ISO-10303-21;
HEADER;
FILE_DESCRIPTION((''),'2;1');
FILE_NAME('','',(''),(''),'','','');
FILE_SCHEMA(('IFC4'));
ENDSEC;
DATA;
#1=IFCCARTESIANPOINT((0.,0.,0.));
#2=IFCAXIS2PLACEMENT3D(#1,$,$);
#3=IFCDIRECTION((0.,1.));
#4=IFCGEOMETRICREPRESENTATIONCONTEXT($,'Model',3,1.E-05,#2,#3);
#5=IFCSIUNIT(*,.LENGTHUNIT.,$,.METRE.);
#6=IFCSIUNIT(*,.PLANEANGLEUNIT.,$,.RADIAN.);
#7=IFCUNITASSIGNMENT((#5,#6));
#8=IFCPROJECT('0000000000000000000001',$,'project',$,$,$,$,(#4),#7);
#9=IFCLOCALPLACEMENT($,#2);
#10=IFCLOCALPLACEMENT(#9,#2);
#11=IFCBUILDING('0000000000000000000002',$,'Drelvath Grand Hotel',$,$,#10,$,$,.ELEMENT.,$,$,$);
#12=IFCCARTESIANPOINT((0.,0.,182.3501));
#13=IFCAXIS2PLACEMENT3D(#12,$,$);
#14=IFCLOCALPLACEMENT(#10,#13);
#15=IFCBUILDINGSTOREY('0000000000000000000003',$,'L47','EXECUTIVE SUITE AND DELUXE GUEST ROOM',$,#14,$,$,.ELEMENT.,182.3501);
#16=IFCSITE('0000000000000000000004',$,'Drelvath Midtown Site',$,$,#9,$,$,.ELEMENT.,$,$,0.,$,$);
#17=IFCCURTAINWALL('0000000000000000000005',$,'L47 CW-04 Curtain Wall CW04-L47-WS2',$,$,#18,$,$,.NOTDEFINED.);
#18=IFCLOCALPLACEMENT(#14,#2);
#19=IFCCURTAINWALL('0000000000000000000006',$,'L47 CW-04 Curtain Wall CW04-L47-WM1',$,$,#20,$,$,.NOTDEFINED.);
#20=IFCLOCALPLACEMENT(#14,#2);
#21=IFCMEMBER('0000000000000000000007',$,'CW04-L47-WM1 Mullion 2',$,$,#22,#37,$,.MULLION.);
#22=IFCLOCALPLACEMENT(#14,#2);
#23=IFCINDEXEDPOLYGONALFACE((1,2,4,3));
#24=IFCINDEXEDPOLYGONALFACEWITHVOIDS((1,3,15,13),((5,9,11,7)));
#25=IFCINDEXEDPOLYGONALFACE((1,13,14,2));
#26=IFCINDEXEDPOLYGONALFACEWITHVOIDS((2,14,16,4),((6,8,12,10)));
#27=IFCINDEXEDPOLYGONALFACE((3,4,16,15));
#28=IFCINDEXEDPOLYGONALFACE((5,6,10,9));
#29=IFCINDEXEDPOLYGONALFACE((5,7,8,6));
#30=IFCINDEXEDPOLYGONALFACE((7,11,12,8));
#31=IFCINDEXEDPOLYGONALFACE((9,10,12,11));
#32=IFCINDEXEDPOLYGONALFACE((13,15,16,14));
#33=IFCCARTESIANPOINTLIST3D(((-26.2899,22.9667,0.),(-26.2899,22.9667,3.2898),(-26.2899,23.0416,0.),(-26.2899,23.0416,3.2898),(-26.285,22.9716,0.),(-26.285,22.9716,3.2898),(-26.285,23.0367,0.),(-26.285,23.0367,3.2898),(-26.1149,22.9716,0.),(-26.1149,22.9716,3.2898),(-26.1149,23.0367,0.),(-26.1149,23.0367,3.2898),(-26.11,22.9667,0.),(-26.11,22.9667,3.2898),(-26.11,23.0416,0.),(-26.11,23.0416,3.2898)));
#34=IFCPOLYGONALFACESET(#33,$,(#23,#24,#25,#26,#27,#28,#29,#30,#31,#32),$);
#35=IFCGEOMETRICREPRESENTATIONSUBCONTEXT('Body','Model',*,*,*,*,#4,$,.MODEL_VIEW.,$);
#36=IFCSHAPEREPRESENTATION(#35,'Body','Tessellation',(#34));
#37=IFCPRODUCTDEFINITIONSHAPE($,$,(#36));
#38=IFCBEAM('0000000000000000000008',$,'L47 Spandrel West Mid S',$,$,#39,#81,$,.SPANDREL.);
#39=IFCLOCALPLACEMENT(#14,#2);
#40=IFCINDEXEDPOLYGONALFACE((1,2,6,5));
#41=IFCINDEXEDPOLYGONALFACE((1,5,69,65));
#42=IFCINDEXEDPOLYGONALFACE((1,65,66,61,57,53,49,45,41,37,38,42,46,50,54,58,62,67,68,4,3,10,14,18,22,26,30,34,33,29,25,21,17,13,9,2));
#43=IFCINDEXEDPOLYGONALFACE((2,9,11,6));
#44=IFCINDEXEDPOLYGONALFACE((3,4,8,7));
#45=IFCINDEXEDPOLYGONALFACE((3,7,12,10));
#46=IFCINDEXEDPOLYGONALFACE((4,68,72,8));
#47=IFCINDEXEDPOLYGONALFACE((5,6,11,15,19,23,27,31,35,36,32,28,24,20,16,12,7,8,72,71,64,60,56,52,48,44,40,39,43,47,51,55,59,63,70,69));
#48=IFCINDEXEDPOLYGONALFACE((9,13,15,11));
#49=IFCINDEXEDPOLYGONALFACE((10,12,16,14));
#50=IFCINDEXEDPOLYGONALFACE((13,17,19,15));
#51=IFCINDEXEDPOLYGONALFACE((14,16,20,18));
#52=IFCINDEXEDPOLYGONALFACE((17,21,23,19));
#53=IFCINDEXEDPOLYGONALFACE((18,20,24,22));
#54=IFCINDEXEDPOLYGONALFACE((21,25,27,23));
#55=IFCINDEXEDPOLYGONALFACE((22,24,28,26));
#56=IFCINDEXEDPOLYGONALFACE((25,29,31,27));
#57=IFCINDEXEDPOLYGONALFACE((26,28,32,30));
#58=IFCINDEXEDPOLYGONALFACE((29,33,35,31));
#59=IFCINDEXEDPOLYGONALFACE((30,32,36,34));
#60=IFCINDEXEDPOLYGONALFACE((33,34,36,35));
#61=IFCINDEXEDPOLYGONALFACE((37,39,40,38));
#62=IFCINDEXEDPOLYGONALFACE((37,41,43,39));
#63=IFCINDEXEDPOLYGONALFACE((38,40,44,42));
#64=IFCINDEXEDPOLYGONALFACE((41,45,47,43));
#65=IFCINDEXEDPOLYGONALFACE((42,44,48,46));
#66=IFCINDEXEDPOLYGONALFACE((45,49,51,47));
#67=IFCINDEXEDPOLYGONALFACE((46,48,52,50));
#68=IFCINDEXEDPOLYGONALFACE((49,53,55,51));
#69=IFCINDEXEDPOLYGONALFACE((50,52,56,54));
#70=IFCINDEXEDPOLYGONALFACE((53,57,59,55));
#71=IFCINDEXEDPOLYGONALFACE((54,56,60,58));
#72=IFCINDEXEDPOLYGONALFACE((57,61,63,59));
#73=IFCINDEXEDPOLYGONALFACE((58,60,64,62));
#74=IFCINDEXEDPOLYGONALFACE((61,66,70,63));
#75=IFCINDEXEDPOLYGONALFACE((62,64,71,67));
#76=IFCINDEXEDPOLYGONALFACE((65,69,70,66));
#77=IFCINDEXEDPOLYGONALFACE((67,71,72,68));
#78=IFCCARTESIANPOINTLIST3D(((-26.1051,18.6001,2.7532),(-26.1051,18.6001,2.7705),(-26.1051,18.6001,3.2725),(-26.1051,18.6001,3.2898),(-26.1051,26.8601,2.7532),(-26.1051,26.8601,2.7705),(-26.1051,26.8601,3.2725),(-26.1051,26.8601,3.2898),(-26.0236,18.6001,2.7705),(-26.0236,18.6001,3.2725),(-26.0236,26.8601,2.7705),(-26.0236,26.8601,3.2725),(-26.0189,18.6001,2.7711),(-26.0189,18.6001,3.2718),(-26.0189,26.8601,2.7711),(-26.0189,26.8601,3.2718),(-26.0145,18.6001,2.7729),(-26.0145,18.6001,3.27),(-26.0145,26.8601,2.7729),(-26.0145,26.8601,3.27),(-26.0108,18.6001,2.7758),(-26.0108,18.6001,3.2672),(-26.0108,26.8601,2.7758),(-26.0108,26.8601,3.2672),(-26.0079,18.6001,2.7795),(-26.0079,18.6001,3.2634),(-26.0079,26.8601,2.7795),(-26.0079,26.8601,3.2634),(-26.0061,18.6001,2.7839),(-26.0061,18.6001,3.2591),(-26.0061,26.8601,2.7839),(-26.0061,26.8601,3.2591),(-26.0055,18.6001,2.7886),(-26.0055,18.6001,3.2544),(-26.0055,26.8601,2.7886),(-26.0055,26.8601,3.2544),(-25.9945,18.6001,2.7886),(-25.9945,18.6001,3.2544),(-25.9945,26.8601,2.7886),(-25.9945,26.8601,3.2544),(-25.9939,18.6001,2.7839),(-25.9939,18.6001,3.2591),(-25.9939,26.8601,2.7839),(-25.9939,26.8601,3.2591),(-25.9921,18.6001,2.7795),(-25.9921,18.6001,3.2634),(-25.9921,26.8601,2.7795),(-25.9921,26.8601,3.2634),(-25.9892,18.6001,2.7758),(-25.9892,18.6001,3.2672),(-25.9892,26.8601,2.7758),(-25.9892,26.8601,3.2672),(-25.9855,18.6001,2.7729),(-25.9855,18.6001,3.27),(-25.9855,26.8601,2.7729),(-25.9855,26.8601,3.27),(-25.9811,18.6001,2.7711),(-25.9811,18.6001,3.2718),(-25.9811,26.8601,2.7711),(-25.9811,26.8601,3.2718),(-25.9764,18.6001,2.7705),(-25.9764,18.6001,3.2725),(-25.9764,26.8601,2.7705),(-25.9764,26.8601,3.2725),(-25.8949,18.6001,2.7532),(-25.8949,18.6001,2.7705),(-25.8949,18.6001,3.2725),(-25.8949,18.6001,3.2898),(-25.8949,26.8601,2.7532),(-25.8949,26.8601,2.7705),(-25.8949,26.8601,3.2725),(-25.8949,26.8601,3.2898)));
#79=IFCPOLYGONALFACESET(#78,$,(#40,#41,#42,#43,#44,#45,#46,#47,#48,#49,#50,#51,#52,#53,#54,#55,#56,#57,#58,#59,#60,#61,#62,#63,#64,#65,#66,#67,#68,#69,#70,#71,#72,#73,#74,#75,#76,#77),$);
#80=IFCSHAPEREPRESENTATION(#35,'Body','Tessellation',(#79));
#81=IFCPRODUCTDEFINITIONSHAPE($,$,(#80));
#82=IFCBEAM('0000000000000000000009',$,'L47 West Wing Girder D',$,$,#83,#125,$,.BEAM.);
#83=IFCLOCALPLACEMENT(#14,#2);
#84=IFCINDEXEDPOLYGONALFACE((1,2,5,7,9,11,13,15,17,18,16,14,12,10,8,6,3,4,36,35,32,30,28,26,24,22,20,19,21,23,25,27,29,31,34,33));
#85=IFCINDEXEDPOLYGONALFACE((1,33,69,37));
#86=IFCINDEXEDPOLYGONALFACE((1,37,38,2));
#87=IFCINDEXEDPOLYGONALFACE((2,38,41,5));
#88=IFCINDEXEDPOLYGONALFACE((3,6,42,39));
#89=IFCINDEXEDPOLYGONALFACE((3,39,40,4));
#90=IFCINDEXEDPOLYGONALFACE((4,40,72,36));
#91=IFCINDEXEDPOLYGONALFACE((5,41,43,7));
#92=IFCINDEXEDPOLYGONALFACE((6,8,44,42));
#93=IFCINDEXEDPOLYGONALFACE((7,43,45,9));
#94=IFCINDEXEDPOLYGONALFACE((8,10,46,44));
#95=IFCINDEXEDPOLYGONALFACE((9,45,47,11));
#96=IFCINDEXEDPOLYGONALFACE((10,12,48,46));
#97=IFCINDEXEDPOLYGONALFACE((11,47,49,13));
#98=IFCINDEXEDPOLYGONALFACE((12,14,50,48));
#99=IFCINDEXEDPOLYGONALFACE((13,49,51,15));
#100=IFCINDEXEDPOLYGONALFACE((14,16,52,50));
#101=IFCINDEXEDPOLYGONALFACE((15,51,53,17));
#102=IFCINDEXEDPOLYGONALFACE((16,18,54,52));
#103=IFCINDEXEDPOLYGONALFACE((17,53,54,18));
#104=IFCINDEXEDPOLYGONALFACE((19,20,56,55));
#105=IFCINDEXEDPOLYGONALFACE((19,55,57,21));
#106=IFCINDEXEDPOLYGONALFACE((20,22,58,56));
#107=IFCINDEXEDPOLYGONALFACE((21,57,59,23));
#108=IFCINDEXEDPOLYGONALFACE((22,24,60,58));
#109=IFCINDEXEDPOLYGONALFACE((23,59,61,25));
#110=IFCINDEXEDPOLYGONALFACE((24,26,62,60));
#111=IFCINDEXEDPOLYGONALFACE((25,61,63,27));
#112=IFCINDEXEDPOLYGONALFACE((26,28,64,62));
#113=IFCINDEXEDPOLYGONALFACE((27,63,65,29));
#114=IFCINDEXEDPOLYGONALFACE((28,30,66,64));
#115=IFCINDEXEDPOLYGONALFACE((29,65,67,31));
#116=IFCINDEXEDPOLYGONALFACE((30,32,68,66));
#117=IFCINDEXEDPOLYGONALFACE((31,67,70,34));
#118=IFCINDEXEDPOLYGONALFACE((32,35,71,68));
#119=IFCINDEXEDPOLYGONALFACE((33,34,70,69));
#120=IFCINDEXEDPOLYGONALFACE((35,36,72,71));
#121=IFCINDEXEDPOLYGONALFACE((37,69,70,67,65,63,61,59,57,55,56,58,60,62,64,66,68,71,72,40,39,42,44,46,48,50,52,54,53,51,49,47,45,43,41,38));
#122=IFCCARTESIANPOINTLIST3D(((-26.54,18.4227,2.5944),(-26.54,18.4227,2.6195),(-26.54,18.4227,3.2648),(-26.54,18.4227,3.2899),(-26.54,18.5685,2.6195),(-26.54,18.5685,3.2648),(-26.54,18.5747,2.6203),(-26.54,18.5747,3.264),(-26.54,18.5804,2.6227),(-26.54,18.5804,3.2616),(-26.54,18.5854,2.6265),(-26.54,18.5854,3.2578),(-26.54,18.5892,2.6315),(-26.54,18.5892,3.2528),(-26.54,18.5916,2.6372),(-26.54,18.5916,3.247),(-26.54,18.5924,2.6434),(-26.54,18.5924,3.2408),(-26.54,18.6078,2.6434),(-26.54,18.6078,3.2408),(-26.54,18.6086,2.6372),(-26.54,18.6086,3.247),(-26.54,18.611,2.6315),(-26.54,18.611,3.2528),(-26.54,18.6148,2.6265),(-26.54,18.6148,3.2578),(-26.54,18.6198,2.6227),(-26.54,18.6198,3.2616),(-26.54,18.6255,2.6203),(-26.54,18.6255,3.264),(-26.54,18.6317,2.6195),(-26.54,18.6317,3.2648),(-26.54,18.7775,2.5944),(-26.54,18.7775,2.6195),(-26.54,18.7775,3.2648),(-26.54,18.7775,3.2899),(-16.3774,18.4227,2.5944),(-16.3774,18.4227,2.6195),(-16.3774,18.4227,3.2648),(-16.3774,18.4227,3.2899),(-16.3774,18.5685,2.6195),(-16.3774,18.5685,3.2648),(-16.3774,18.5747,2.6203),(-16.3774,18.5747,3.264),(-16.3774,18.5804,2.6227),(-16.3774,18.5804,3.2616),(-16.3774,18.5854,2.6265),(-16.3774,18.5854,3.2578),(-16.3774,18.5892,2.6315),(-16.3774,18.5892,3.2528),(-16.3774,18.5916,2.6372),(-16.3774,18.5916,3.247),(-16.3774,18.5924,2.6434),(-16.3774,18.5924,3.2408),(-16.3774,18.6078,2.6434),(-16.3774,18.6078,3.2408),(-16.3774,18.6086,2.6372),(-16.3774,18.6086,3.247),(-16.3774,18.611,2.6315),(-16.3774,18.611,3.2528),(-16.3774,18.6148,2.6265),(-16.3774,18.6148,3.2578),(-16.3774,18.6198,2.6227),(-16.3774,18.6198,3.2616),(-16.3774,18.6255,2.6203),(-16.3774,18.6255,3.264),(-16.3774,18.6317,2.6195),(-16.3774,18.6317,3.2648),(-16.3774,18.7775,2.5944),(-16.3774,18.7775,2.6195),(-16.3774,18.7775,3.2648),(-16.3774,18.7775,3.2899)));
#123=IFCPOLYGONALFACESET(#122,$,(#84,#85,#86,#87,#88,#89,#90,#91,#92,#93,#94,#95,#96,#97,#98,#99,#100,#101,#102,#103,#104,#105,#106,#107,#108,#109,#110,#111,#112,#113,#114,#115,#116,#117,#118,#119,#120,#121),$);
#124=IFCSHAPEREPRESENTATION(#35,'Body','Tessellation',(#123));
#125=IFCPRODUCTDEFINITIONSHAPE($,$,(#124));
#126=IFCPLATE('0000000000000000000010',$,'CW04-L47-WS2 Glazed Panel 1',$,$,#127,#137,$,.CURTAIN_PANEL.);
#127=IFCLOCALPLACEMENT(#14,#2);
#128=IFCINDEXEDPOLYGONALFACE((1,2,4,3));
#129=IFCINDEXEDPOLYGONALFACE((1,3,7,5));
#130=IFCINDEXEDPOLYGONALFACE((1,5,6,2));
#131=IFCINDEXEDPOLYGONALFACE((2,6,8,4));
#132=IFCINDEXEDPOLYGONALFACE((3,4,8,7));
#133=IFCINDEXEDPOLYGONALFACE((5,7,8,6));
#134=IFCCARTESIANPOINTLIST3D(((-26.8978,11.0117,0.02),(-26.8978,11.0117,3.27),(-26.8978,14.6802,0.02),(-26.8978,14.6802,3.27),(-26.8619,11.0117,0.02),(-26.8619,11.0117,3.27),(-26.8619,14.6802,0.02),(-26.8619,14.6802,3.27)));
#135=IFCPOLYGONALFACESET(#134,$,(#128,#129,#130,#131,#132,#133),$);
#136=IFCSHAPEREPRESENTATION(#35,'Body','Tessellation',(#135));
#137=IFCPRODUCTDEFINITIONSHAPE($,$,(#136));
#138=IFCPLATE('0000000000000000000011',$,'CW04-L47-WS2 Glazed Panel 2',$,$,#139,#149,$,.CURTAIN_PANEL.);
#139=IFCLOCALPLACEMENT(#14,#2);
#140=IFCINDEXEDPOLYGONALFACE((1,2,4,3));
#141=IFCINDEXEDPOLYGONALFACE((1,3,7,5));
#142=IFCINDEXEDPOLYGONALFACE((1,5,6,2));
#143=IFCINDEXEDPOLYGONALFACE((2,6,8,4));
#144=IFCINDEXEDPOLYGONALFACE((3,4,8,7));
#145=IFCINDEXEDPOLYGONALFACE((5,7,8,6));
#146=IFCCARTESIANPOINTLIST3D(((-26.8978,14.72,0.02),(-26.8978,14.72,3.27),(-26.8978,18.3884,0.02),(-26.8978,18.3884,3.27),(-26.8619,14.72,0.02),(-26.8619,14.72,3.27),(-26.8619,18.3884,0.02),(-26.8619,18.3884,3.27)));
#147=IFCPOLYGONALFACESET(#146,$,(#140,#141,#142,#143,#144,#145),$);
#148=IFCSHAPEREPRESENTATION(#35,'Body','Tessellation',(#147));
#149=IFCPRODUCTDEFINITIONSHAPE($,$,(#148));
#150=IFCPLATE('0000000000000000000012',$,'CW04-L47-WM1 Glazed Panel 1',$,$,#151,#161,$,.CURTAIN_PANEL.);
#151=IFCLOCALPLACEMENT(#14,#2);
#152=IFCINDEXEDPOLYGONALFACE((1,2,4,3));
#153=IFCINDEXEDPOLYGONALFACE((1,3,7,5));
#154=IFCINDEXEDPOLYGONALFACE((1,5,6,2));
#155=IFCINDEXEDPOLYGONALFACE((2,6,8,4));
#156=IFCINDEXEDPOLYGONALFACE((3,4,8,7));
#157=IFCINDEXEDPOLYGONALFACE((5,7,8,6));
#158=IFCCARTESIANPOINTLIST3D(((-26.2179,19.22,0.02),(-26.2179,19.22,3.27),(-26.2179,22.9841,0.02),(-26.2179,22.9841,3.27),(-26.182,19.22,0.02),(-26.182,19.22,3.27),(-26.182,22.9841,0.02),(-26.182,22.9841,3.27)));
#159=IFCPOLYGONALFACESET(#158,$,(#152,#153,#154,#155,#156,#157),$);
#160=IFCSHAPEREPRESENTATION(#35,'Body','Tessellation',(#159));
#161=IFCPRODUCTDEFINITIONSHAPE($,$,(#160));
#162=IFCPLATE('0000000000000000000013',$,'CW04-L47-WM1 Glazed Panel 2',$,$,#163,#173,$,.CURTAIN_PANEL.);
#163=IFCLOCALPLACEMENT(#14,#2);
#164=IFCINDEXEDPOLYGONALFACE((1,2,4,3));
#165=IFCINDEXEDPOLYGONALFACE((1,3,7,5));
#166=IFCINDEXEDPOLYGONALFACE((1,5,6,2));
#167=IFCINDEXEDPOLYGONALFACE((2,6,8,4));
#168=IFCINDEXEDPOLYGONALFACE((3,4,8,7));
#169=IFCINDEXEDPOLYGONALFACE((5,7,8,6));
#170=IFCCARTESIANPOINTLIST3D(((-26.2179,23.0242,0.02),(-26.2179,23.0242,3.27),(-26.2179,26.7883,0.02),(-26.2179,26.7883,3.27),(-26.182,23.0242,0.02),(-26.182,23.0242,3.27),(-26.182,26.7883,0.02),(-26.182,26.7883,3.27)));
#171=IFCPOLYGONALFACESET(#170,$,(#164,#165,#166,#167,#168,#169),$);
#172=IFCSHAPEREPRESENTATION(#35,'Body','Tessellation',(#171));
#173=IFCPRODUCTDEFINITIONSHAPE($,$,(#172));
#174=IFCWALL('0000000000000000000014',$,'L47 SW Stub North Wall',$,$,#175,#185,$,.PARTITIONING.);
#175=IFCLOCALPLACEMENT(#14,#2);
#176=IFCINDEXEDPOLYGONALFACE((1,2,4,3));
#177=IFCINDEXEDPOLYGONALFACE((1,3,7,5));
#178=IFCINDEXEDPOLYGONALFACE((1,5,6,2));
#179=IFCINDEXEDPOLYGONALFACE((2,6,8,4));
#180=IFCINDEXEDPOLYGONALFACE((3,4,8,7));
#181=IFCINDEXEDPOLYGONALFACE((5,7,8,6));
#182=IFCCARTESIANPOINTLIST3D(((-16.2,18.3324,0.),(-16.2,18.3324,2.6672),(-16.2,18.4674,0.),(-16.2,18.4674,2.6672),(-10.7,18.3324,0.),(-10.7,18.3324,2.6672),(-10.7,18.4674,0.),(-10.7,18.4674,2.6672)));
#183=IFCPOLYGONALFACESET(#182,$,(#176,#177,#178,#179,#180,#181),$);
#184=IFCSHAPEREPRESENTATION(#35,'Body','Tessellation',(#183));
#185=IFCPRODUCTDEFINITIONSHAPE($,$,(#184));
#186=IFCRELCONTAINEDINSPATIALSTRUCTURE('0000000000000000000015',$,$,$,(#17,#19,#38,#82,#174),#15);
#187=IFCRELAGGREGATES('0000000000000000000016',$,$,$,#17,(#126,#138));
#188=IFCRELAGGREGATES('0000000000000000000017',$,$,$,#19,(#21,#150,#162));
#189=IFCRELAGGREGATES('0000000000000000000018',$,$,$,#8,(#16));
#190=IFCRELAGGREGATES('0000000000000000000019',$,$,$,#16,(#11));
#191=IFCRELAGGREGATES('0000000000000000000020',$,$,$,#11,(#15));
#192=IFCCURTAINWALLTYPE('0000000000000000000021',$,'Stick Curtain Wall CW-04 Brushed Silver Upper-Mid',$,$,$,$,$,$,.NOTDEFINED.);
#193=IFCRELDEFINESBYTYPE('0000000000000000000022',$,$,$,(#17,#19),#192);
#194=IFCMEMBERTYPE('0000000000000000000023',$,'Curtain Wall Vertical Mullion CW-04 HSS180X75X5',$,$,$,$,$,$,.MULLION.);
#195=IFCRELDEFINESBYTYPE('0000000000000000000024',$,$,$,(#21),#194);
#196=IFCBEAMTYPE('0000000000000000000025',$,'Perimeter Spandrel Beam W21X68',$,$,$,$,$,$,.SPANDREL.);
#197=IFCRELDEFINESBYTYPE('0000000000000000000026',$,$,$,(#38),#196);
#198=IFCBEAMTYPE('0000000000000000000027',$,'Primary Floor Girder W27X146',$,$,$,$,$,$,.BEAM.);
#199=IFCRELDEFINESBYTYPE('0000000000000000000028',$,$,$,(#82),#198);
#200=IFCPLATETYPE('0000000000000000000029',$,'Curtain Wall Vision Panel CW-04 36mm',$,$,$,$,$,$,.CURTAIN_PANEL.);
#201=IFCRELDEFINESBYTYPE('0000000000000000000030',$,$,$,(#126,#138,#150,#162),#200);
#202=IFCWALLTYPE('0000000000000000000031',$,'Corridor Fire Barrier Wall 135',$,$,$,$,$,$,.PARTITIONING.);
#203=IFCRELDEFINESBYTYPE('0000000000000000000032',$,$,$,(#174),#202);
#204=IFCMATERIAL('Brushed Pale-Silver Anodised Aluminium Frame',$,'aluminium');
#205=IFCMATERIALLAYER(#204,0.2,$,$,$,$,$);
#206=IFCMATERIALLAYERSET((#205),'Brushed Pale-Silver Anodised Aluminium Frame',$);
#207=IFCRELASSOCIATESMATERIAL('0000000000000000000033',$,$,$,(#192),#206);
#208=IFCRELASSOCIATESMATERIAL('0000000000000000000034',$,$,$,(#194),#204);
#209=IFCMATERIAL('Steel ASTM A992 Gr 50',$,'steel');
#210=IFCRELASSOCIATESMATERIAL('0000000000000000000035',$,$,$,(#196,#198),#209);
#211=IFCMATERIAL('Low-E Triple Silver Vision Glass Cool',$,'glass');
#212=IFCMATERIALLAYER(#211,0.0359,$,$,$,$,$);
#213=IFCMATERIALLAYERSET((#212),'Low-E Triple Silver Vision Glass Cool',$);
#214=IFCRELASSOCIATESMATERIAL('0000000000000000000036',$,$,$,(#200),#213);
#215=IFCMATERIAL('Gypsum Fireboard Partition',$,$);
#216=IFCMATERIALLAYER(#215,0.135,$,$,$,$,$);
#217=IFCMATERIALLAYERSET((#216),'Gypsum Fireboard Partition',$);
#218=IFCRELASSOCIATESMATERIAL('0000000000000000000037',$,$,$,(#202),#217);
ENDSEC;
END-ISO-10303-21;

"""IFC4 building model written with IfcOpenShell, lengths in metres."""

from ifc_helpers import new_model, si_unit, direction, frame, frame_2d, origin, origin_2d, place, context, subcontext, project, spatial, rectangle, hollow_rectangle, i_section, extrude, material, layer, layer_set, material_profile, profile_set, type_object, element, aggregate, save


model = new_model("IFC4")

# Units and contexts
model_context = context("Model", 3, precision=1e-05, world=origin(), true_north=direction((0.0, 1.0)))
body_context = subcontext(model_context, "Body", "Model", "MODEL_VIEW")
ifc_project = project(units=[si_unit("LENGTHUNIT", "METRE"), si_unit("PLANEANGLEUNIT", "RADIAN")], contexts=[model_context])

# Site, building, storey
site_placement = place(None, origin())
site = spatial("IfcSite", under=ifc_project, at=site_placement, Name="Drelvath Midtown Site", CompositionType="ELEMENT", RefElevation=0.0)
building_placement = place(site_placement, origin())
building = spatial("IfcBuilding", under=site, at=building_placement, Name="Drelvath Grand Hotel", CompositionType="ELEMENT")
storey_placement = place(building_placement, frame((0.0, 0.0, 182.3501)))
storey = spatial("IfcBuildingStorey", under=building, at=storey_placement, Name="L47", Description="EXECUTIVE SUITE AND DELUXE GUEST ROOM", CompositionType="ELEMENT", Elevation=182.3501)

# Shared definitions
ifc_material_1 = material(Name="Steel ASTM A992 Gr 50", Category="steel")

# Curtain walls
ifc_material_2 = material(Name="Brushed Pale-Silver Anodised Aluminium Frame", Category="aluminium")
ifc_layer_1 = layer(ifc_material_2, 0.2)
ifc_layer_set_1 = layer_set([ifc_layer_1], Name="Brushed Pale-Silver Anodised Aluminium Frame")
curtain_wall_type = type_object("IfcCurtainWallType", Name="Stick Curtain Wall CW-04 Brushed Silver Upper-Mid", PredefinedType="NOTDEFINED", material=ifc_layer_set_1)
curtain_wall_1_placement = place(storey_placement, origin())
curtain_wall_1 = element("IfcCurtainWall", 1, at=curtain_wall_1_placement, inside=storey, type_object=curtain_wall_type, Name="L47 CW-04 Curtain Wall CW04-L47-WS2", PredefinedType="NOTDEFINED")
curtain_wall_2_placement = place(storey_placement, origin())
curtain_wall_2 = element("IfcCurtainWall", 2, at=curtain_wall_2_placement, inside=storey, type_object=curtain_wall_type, Name="L47 CW-04 Curtain Wall CW04-L47-WM1", PredefinedType="NOTDEFINED")

# Member
ifc_material_profile_1 = material_profile(ifc_material_2, hollow_rectangle(XDim=0.075, YDim=0.1799, WallThickness=0.0049, at=origin_2d()), Name="HSS180X75X5")
ifc_profile_set_1 = profile_set([ifc_material_profile_1], Name="Brushed Pale-Silver Anodised Aluminium Frame")
member_type_1 = type_object("IfcMemberType", Name="Curtain Wall Vertical Mullion CW-04 HSS180X75X5", PredefinedType="MULLION", material=ifc_profile_set_1)
member_1_placement = place(storey_placement, frame((-26.2, 23.0042, 0.0), z_axis=(0.0, 0.0, 1.0), x_axis=(0.0, 1.0, 0.0)))
member_1 = element("IfcMember", 3, at=member_1_placement, type_object=member_type_1, Name="CW04-L47-WM1 Mullion 2", PredefinedType="MULLION", context=body_context, shape_type="SweptSolid", body=[
    extrude(hollow_rectangle(XDim=0.075, YDim=0.1799, WallThickness=0.0049, at=origin_2d()), origin(), (0.0, 0.0, 1.0), 3.2898),
])

# Beams
ifc_material_profile_2 = material_profile(ifc_material_1, i_section(OverallWidth=0.2102, OverallDepth=0.5366, WebThickness=0.011, FlangeThickness=0.0173, FilletRadius=0.0181, at=origin_2d()), Name="W21X68")
ifc_profile_set_2 = profile_set([ifc_material_profile_2], Name="Steel ASTM A992 Gr 50")
beam_type_1 = type_object("IfcBeamType", Name="Perimeter Spandrel Beam W21X68", PredefinedType="SPANDREL", material=ifc_profile_set_2)
beam_1_placement = place(storey_placement, frame((-26.0, 18.6001, 3.0215), z_axis=(0.0, 1.0, 0.0), x_axis=(-1.0, 0.0, 0.0)))
element("IfcBeam", 4, at=beam_1_placement, inside=storey, type_object=beam_type_1, Name="L47 Spandrel West Mid S", PredefinedType="SPANDREL", context=body_context, shape_type="SweptSolid", body=[
    extrude(i_section(OverallWidth=0.2102, OverallDepth=0.5366, WebThickness=0.011, FlangeThickness=0.0173, FilletRadius=0.0181, at=origin_2d()), origin(), (0.0, 0.0, 1.0), 8.26),
])
ifc_material_profile_3 = material_profile(ifc_material_1, i_section(OverallWidth=0.3547, OverallDepth=0.6956, WebThickness=0.0154, FlangeThickness=0.0251, FilletRadius=0.0239, at=origin_2d()), Name="W27X146")
ifc_profile_set_3 = profile_set([ifc_material_profile_3], Name="Steel ASTM A992 Gr 50")
beam_type_2 = type_object("IfcBeamType", Name="Primary Floor Girder W27X146", PredefinedType="BEAM", material=ifc_profile_set_3)
beam_2_placement = place(storey_placement, frame((-26.54, 18.6001, 2.9421), z_axis=(1.0, 0.0, 0.0), x_axis=(0.0, 1.0, 0.0)))
element("IfcBeam", 5, at=beam_2_placement, inside=storey, type_object=beam_type_2, Name="L47 West Wing Girder D", PredefinedType="BEAM", context=body_context, shape_type="SweptSolid", body=[
    extrude(i_section(OverallWidth=0.3547, OverallDepth=0.6956, WebThickness=0.0154, FlangeThickness=0.0251, FilletRadius=0.0239, at=origin_2d()), origin(), (0.0, 0.0, 1.0), 10.1626),
])

# Plates
ifc_material_3 = material(Name="Low-E Triple Silver Vision Glass Cool", Category="glass")
ifc_layer_2 = layer(ifc_material_3, 0.0359)
ifc_layer_set_2 = layer_set([ifc_layer_2], Name="Low-E Triple Silver Vision Glass Cool")
plate_type = type_object("IfcPlateType", Name="Curtain Wall Vision Panel CW-04 36mm", PredefinedType="CURTAIN_PANEL", material=ifc_layer_set_2)
plate_1_placement = place(storey_placement, frame((-26.8799, 12.8459, 0.02), z_axis=(0.0, 0.0, 1.0), x_axis=(0.0, 1.0, 0.0)))
plate_1 = element("IfcPlate", 6, at=plate_1_placement, type_object=plate_type, Name="CW04-L47-WS2 Glazed Panel 1", PredefinedType="CURTAIN_PANEL", context=body_context, shape_type="SweptSolid", body=[
    extrude(rectangle(XDim=3.6685, YDim=0.0359, at=origin_2d()), origin(), (0.0, 0.0, 1.0), 3.25),
])
plate_2_placement = place(storey_placement, frame((-26.8799, 16.5542, 0.02), z_axis=(0.0, 0.0, 1.0), x_axis=(0.0, 1.0, 0.0)))
plate_2 = element("IfcPlate", 7, at=plate_2_placement, type_object=plate_type, Name="CW04-L47-WS2 Glazed Panel 2", PredefinedType="CURTAIN_PANEL", context=body_context, shape_type="SweptSolid", body=[
    extrude(rectangle(XDim=3.6685, YDim=0.0359, at=origin_2d()), origin(), (0.0, 0.0, 1.0), 3.25),
])
aggregate(curtain_wall_1, [plate_1, plate_2])
plate_3_placement = place(storey_placement, frame((-26.2, 21.1021, 0.02), z_axis=(0.0, 0.0, 1.0), x_axis=(0.0, 1.0, 0.0)))
plate_3 = element("IfcPlate", 8, at=plate_3_placement, type_object=plate_type, Name="CW04-L47-WM1 Glazed Panel 1", PredefinedType="CURTAIN_PANEL", context=body_context, shape_type="SweptSolid", body=[
    extrude(rectangle(XDim=3.7642, YDim=0.0359, at=origin_2d()), origin(), (0.0, 0.0, 1.0), 3.25),
])
plate_4_placement = place(storey_placement, frame((-26.2, 24.9062, 0.02), z_axis=(0.0, 0.0, 1.0), x_axis=(0.0, 1.0, 0.0)))
plate_4 = element("IfcPlate", 9, at=plate_4_placement, type_object=plate_type, Name="CW04-L47-WM1 Glazed Panel 2", PredefinedType="CURTAIN_PANEL", context=body_context, shape_type="SweptSolid", body=[
    extrude(rectangle(XDim=3.7642, YDim=0.0359, at=origin_2d()), origin(), (0.0, 0.0, 1.0), 3.25),
])
aggregate(curtain_wall_2, [member_1, plate_3, plate_4])

# Wall
ifc_material_4 = material(Name="Gypsum Fireboard Partition")
ifc_layer_3 = layer(ifc_material_4, 0.135)
ifc_layer_set_3 = layer_set([ifc_layer_3], Name="Gypsum Fireboard Partition")
wall_type_1 = type_object("IfcWallType", Name="Corridor Fire Barrier Wall 135", PredefinedType="PARTITIONING", material=ifc_layer_set_3)
wall_1_placement = place(storey_placement, frame((-16.2, 18.3999, 0.0), z_axis=(0.0, 0.0, 1.0), x_axis=(1.0, 0.0, 0.0)))
element("IfcWall", 10, at=wall_1_placement, inside=storey, type_object=wall_type_1, Name="L47 SW Stub North Wall", PredefinedType="PARTITIONING", context=body_context, shape_type="SweptSolid", body=[
    extrude(rectangle(XDim=5.5, YDim=0.135, at=frame_2d((2.75, 0.0))), origin(), (0.0, 0.0, 1.0), 2.6672),
])

save(model, "model.ifc")
